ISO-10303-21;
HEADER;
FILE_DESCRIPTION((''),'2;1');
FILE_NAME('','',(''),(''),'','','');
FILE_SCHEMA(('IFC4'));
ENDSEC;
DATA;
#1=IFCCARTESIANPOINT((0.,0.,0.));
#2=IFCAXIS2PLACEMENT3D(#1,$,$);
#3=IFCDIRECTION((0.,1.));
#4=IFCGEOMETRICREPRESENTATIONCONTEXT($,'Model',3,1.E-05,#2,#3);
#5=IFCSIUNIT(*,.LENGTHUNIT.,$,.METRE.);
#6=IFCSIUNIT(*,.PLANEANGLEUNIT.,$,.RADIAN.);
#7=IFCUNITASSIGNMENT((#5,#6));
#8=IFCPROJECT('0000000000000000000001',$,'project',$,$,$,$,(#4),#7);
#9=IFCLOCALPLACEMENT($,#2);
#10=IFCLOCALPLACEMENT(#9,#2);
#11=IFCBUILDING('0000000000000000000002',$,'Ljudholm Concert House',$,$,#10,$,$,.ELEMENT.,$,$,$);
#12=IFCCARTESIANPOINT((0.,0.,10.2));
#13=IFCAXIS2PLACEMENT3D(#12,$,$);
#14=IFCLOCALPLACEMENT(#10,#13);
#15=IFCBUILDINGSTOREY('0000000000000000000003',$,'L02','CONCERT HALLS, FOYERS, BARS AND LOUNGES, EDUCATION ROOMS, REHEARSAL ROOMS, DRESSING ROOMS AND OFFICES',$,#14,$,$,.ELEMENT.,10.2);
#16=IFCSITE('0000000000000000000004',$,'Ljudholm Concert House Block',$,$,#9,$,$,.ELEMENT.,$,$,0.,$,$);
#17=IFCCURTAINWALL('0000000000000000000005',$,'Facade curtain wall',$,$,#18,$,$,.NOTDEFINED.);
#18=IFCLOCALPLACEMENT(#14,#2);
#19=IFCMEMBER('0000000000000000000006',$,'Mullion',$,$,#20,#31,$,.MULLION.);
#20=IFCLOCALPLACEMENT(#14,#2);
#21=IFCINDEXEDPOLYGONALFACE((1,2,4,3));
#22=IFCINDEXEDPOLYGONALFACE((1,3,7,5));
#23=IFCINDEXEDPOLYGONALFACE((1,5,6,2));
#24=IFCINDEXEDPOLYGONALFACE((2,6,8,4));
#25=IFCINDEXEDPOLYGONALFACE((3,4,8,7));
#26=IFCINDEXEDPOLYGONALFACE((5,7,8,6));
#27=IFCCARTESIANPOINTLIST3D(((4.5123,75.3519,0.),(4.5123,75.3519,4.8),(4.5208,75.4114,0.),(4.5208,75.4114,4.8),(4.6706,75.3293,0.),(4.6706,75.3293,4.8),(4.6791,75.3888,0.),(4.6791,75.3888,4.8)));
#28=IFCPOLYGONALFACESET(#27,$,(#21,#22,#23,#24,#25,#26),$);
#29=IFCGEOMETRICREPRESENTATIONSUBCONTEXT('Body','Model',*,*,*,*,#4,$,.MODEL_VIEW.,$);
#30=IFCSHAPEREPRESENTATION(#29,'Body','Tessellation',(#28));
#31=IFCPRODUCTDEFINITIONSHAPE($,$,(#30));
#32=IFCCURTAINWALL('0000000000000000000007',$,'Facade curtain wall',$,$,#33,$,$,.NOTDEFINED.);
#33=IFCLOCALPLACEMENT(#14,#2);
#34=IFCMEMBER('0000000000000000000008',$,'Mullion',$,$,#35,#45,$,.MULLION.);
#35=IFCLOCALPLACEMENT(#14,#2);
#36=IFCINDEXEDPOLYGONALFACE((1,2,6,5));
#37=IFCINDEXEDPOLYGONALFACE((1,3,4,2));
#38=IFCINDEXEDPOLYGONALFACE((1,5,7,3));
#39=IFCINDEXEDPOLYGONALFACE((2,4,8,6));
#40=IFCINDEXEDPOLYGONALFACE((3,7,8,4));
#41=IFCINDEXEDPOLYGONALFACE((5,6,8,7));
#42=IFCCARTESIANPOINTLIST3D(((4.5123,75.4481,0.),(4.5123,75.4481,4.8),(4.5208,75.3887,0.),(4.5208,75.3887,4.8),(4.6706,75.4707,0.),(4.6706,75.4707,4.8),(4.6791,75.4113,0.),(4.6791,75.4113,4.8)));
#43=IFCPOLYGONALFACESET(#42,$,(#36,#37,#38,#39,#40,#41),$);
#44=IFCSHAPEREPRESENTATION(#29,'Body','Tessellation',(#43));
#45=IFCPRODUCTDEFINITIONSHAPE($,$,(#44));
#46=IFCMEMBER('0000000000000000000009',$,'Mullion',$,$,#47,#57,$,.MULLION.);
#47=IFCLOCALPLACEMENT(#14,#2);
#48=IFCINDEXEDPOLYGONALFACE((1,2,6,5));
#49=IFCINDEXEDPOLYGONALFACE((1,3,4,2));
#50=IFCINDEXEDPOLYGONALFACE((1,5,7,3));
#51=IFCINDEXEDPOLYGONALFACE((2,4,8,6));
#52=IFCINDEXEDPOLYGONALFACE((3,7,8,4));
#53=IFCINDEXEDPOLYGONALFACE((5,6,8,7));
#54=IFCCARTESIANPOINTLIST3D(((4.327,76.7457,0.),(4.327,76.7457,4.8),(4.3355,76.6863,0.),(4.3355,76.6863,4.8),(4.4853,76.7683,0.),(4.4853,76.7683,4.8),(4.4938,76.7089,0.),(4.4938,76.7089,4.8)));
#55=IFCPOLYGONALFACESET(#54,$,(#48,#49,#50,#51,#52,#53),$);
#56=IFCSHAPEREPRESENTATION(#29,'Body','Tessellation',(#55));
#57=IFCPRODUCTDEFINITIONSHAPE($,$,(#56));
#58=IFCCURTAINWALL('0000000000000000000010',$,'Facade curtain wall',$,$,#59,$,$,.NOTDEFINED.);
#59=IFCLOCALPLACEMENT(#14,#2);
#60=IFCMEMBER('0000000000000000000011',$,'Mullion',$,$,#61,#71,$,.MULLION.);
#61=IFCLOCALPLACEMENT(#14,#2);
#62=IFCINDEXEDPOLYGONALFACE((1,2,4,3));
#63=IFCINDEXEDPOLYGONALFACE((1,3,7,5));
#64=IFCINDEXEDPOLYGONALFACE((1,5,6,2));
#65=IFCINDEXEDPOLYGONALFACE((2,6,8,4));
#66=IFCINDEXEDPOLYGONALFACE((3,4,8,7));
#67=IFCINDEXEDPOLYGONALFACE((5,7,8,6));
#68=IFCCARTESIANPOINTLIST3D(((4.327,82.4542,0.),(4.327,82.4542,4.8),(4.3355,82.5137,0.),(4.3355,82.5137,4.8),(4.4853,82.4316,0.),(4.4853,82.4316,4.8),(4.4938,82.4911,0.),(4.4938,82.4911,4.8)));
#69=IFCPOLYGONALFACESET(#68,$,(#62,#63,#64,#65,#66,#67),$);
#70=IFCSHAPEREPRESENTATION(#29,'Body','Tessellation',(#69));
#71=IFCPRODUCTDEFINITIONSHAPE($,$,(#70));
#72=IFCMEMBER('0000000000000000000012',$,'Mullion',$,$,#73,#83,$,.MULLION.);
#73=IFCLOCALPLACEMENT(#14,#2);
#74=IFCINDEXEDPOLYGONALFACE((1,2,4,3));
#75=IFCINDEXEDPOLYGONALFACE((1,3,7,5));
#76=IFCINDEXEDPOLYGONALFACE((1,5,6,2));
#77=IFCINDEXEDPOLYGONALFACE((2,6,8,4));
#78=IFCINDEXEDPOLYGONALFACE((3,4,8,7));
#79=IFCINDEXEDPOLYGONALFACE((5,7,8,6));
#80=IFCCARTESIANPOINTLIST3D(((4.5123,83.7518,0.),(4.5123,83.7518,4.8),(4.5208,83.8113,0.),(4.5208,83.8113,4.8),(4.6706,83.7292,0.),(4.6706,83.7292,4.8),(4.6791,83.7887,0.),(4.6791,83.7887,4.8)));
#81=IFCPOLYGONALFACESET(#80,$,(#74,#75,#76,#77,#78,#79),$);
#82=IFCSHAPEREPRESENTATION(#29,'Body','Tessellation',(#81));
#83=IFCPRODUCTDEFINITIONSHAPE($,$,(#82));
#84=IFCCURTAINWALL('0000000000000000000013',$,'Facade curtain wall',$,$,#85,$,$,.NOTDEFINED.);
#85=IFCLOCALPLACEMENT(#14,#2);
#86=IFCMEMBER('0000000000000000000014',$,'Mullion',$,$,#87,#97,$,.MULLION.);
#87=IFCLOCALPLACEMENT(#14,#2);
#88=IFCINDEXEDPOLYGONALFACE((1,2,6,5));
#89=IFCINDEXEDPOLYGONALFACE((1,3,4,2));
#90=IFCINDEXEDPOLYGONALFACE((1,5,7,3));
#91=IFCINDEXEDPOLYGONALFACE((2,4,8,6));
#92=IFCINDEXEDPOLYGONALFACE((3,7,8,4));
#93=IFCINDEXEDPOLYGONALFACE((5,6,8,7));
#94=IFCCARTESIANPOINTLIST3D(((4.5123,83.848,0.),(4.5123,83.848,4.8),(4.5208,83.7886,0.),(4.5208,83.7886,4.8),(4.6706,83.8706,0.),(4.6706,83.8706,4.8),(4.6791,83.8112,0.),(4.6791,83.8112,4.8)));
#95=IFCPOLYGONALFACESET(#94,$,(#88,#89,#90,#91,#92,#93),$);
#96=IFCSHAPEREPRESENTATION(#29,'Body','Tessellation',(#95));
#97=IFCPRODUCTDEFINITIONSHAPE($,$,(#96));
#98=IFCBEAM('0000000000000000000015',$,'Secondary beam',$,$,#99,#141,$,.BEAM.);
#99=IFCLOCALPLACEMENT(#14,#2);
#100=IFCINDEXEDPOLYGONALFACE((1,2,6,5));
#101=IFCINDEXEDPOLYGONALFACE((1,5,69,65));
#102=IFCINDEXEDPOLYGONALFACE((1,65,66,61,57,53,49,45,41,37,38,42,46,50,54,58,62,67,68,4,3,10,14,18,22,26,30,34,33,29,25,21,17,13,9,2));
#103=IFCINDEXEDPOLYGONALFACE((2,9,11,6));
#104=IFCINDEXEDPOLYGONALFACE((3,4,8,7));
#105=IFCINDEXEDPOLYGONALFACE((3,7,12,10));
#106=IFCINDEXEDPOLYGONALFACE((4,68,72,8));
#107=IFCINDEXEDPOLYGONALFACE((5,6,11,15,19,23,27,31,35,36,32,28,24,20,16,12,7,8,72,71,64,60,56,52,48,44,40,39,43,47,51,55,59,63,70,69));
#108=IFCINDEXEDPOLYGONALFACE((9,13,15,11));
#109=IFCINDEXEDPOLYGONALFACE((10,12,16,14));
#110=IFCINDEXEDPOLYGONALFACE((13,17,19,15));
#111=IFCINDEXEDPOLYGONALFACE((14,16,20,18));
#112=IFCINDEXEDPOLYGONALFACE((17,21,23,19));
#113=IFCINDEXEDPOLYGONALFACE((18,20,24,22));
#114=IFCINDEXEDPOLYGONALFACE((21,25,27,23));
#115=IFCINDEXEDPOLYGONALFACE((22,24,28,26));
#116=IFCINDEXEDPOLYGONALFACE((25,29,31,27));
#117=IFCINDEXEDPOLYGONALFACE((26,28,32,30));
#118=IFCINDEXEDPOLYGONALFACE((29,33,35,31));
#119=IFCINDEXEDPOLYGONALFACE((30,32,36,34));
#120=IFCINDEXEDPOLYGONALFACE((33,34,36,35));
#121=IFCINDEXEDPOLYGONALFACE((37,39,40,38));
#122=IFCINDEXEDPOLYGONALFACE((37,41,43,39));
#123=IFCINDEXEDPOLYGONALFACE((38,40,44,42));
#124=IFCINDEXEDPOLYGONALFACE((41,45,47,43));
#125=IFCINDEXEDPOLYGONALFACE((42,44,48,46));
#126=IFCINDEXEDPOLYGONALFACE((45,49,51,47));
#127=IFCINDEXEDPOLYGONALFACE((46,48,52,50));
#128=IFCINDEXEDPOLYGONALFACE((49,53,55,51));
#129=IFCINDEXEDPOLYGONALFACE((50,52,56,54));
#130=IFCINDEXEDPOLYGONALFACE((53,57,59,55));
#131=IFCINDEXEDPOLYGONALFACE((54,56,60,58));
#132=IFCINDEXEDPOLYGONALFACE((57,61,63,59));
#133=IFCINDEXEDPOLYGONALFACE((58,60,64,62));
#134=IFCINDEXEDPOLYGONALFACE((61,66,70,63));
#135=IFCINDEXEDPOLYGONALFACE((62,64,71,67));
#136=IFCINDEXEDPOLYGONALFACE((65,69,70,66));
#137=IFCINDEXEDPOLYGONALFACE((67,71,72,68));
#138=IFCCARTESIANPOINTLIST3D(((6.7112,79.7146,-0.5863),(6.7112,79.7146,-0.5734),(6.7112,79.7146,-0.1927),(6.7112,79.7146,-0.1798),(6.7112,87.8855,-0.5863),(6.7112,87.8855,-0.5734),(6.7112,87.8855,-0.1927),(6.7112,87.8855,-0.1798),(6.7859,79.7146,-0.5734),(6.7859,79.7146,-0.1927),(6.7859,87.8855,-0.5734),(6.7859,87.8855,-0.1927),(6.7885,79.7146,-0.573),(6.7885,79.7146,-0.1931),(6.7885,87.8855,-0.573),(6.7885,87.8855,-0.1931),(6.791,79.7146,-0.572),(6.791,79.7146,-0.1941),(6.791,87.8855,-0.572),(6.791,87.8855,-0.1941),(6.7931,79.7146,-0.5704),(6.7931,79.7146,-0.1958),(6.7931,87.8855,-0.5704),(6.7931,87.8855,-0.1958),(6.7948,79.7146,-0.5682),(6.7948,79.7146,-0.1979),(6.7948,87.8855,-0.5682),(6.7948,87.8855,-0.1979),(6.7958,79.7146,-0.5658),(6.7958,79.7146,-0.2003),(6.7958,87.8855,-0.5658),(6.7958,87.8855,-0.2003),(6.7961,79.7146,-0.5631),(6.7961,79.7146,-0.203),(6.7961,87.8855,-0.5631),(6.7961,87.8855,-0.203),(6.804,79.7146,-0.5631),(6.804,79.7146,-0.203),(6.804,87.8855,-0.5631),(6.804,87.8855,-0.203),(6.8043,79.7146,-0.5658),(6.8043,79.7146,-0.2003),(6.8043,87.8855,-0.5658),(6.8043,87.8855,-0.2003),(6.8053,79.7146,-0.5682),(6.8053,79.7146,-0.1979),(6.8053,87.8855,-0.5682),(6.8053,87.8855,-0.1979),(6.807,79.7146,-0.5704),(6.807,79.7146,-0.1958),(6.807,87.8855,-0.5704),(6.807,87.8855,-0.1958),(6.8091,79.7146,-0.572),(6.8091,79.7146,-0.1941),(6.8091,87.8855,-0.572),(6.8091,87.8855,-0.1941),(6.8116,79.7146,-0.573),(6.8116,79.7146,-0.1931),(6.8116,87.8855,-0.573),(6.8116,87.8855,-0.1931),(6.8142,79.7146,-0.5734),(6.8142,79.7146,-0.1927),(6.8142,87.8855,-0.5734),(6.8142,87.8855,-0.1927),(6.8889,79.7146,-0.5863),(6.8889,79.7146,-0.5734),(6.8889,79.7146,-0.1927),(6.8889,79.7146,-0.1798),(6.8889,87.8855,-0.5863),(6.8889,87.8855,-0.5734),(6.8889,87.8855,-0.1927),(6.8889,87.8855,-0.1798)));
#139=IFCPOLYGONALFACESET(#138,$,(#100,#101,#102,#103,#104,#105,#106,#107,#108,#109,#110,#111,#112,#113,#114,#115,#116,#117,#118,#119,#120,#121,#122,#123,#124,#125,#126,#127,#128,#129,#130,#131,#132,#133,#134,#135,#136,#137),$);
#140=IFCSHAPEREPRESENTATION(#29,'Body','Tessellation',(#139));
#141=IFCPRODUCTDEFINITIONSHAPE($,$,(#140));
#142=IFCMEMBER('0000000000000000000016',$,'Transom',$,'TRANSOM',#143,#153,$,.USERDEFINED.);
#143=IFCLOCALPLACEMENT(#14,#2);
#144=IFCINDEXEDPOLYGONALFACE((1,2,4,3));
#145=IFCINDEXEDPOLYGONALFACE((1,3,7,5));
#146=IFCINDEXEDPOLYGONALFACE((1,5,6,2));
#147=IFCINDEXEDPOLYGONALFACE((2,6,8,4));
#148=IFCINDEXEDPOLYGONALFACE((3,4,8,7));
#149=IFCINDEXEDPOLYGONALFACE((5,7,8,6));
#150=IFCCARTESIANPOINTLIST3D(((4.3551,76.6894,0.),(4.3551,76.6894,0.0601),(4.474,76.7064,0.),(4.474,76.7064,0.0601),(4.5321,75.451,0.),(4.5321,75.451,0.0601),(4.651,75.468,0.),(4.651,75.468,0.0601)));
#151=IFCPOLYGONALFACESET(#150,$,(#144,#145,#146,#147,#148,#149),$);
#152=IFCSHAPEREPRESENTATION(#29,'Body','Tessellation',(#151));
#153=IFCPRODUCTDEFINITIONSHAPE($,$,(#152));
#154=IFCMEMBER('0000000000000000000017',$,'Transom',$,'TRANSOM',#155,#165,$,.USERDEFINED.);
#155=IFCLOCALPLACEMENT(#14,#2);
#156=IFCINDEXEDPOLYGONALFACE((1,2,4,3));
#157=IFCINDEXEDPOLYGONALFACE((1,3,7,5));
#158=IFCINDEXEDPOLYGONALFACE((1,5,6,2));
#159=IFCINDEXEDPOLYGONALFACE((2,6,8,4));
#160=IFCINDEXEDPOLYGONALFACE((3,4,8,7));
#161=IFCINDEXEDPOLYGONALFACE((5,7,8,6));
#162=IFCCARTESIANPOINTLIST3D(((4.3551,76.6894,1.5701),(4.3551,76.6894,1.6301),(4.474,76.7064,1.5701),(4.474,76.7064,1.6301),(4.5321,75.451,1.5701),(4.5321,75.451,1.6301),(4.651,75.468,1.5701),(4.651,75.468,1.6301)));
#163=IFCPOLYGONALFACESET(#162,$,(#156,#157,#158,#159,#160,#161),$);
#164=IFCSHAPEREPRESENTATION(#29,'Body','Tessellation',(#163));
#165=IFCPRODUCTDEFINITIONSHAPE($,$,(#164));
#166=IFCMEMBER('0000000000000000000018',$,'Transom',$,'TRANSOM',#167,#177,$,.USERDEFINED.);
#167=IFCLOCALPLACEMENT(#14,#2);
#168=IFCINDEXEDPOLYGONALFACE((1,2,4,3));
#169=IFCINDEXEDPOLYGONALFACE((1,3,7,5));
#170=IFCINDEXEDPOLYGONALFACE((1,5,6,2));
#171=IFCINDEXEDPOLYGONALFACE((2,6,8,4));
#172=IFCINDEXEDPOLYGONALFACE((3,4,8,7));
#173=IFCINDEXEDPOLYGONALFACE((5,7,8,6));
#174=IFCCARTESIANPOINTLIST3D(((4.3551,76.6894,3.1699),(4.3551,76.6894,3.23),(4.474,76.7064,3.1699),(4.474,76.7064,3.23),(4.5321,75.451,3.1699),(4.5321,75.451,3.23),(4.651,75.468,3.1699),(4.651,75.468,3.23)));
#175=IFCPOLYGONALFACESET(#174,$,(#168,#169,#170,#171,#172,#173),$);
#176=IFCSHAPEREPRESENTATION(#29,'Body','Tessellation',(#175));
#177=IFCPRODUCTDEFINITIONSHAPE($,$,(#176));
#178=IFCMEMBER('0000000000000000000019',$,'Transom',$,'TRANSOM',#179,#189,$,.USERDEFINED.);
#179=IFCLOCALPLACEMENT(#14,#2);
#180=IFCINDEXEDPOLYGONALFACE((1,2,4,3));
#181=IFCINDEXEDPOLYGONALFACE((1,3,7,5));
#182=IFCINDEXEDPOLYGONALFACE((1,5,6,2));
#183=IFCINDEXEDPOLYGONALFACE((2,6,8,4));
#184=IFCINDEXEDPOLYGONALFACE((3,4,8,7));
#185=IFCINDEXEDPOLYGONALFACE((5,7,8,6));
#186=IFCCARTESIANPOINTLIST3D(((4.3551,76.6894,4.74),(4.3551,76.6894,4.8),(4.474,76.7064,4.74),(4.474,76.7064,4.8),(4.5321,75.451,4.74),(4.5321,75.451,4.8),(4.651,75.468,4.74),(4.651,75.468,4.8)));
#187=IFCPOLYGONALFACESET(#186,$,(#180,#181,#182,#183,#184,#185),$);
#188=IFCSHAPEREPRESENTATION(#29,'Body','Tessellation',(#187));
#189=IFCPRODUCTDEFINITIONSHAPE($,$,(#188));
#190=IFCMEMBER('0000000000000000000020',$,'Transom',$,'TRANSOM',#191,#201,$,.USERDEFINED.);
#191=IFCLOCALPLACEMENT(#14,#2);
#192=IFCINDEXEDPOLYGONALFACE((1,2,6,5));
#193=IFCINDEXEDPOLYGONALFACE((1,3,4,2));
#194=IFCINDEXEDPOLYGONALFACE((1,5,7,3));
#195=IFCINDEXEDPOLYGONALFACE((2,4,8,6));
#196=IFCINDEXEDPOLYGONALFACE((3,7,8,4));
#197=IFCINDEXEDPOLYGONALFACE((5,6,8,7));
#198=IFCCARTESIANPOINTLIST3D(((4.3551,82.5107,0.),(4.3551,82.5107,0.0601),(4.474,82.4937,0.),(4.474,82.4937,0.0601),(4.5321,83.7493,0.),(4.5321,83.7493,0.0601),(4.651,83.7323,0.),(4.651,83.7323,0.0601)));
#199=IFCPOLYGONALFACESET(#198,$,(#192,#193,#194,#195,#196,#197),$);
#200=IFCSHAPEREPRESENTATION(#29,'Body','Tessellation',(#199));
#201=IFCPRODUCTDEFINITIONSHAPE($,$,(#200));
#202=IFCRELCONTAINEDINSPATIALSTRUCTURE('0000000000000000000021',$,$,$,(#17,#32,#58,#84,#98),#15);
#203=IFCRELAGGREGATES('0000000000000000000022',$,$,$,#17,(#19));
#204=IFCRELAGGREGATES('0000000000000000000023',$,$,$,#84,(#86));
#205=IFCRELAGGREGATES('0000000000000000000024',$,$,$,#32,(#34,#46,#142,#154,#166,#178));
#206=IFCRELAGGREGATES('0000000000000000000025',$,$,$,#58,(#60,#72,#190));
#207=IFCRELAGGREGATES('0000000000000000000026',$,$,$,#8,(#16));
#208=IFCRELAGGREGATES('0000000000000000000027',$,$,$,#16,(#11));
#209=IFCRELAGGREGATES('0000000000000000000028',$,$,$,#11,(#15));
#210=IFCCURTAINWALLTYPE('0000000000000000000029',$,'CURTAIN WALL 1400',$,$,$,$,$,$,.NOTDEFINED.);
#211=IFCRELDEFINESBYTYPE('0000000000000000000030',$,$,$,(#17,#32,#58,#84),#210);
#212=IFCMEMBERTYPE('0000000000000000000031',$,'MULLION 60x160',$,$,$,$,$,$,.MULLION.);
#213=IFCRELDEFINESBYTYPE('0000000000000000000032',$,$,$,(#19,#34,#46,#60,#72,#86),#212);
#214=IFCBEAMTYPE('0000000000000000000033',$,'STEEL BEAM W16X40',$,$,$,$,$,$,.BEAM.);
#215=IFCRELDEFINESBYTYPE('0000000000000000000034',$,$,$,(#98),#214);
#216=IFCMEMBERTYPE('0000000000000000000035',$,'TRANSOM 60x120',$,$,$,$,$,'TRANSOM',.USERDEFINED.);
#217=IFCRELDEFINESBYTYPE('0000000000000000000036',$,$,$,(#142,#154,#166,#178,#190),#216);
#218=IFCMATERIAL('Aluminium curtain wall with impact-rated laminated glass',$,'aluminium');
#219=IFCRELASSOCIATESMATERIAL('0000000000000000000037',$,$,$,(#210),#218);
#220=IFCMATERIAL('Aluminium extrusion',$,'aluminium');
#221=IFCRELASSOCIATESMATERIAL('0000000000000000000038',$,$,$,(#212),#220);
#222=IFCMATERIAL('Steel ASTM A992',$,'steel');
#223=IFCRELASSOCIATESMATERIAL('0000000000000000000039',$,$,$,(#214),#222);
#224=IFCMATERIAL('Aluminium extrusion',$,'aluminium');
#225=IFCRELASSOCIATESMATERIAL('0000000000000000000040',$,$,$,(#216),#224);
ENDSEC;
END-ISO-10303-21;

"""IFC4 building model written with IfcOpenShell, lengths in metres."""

from ifc_helpers import new_model, si_unit, direction, frame, origin, origin_2d, place, context, subcontext, project, spatial, rectangle, i_section, extrude, material, material_profile, profile_set, type_object, element, aggregate, save


model = new_model("IFC4")

# Units and contexts
model_context = context("Model", 3, precision=1e-05, world=origin(), true_north=direction((0.0, 1.0)))
body_context = subcontext(model_context, "Body", "Model", "MODEL_VIEW")
ifc_project = project(units=[si_unit("LENGTHUNIT", "METRE"), si_unit("PLANEANGLEUNIT", "RADIAN")], contexts=[model_context])

# Site, building, storey
site_placement = place(None, origin())
site = spatial("IfcSite", under=ifc_project, at=site_placement, Name="Ljudholm Concert House Block", CompositionType="ELEMENT", RefElevation=0.0)
building_placement = place(site_placement, origin())
building = spatial("IfcBuilding", under=site, at=building_placement, Name="Ljudholm Concert House", CompositionType="ELEMENT")
storey_placement = place(building_placement, frame((0.0, 0.0, 10.2)))
storey = spatial("IfcBuildingStorey", under=building, at=storey_placement, Name="L02", Description="CONCERT HALLS, FOYERS, BARS AND LOUNGES, EDUCATION ROOMS, REHEARSAL ROOMS, DRESSING ROOMS AND OFFICES", CompositionType="ELEMENT", Elevation=10.2)

# Curtain wall, member
ifc_material_1 = material(Name="Aluminium curtain wall with impact-rated laminated glass", Category="aluminium")
curtain_wall_type = type_object("IfcCurtainWallType", Name="CURTAIN WALL 1400", PredefinedType="NOTDEFINED", material=ifc_material_1)
curtain_wall_1_placement = place(storey_placement, origin())
curtain_wall_1 = element("IfcCurtainWall", 1, at=curtain_wall_1_placement, inside=storey, type_object=curtain_wall_type, Name="Facade curtain wall", PredefinedType="NOTDEFINED")
ifc_material_2 = material(Name="Aluminium extrusion", Category="aluminium")
ifc_material_profile_1 = material_profile(ifc_material_2, rectangle(XDim=0.1599, YDim=0.0601, at=origin_2d()), Name="MULLION 60x160")
ifc_profile_set_1 = profile_set([ifc_material_profile_1], Name="Aluminium extrusion")
member_type_1 = type_object("IfcMemberType", Name="MULLION 60x160", PredefinedType="MULLION", material=ifc_profile_set_1)
member_1_placement = place(storey_placement, frame((4.5957, 75.3704, 0.0), z_axis=(0.0, 0.0, 1.0), x_axis=(-0.989949, 0.141421, 0.0)))
member_1 = element("IfcMember", 2, at=member_1_placement, type_object=member_type_1, Name="Mullion", PredefinedType="MULLION", context=body_context, shape_type="SweptSolid", body=[
    extrude(rectangle(XDim=0.1599, YDim=0.0601, at=origin_2d()), origin(), (0.0, 0.0, 1.0), 4.8),
])
aggregate(curtain_wall_1, [member_1])

# Curtain walls, members
curtain_wall_2_placement = place(storey_placement, origin())
curtain_wall_2 = element("IfcCurtainWall", 3, at=curtain_wall_2_placement, inside=storey, type_object=curtain_wall_type, Name="Facade curtain wall", PredefinedType="NOTDEFINED")
member_2_placement = place(storey_placement, frame((4.5957, 75.4297, 0.0), z_axis=(0.0, 0.0, 1.0), x_axis=(-0.989949, -0.141421, 0.0)))
member_2 = element("IfcMember", 4, at=member_2_placement, type_object=member_type_1, Name="Mullion", PredefinedType="MULLION", context=body_context, shape_type="SweptSolid", body=[
    extrude(rectangle(XDim=0.1599, YDim=0.0601, at=origin_2d()), origin(), (0.0, 0.0, 1.0), 4.8),
])
member_3_placement = place(storey_placement, frame((4.4104, 76.7273, 0.0), z_axis=(0.0, 0.0, 1.0), x_axis=(-0.989949, -0.141421, 0.0)))
member_3 = element("IfcMember", 5, at=member_3_placement, type_object=member_type_1, Name="Mullion", PredefinedType="MULLION", context=body_context, shape_type="SweptSolid", body=[
    extrude(rectangle(XDim=0.1599, YDim=0.0601, at=origin_2d()), origin(), (0.0, 0.0, 1.0), 4.8),
])
curtain_wall_3_placement = place(storey_placement, origin())
curtain_wall_3 = element("IfcCurtainWall", 6, at=curtain_wall_3_placement, inside=storey, type_object=curtain_wall_type, Name="Facade curtain wall", PredefinedType="NOTDEFINED")
member_4_placement = place(storey_placement, frame((4.4104, 82.4727, 0.0), z_axis=(0.0, 0.0, 1.0), x_axis=(-0.989949, 0.141421, 0.0)))
member_4 = element("IfcMember", 7, at=member_4_placement, type_object=member_type_1, Name="Mullion", PredefinedType="MULLION", context=body_context, shape_type="SweptSolid", body=[
    extrude(rectangle(XDim=0.1599, YDim=0.0601, at=origin_2d()), origin(), (0.0, 0.0, 1.0), 4.8),
])
member_5_placement = place(storey_placement, frame((4.5957, 83.7703, 0.0), z_axis=(0.0, 0.0, 1.0), x_axis=(-0.989949, 0.141421, 0.0)))
member_5 = element("IfcMember", 8, at=member_5_placement, type_object=member_type_1, Name="Mullion", PredefinedType="MULLION", context=body_context, shape_type="SweptSolid", body=[
    extrude(rectangle(XDim=0.1599, YDim=0.0601, at=origin_2d()), origin(), (0.0, 0.0, 1.0), 4.8),
])

# Curtain wall, member
curtain_wall_4_placement = place(storey_placement, origin())
curtain_wall_4 = element("IfcCurtainWall", 9, at=curtain_wall_4_placement, inside=storey, type_object=curtain_wall_type, Name="Facade curtain wall", PredefinedType="NOTDEFINED")
member_6_placement = place(storey_placement, frame((4.5957, 83.8296, 0.0), z_axis=(0.0, 0.0, 1.0), x_axis=(-0.989949, -0.141421, 0.0)))
member_6 = element("IfcMember", 10, at=member_6_placement, type_object=member_type_1, Name="Mullion", PredefinedType="MULLION", context=body_context, shape_type="SweptSolid", body=[
    extrude(rectangle(XDim=0.1599, YDim=0.0601, at=origin_2d()), origin(), (0.0, 0.0, 1.0), 4.8),
])

# Beam
ifc_material_3 = material(Name="Steel ASTM A992", Category="steel")
ifc_material_profile_2 = material_profile(ifc_material_3, i_section(OverallWidth=0.1777, OverallDepth=0.4065, WebThickness=0.0078, FlangeThickness=0.0129, FilletRadius=0.0103, at=origin_2d()), Name="W16X40")
ifc_profile_set_2 = profile_set([ifc_material_profile_2], Name="Steel ASTM A992")
beam_type = type_object("IfcBeamType", Name="STEEL BEAM W16X40", PredefinedType="BEAM", material=ifc_profile_set_2)
beam_placement = place(storey_placement, frame((6.8, 79.7146, -0.3831), z_axis=(0.0, 1.0, 0.0), x_axis=(-1.0, 0.0, 0.0)))
element("IfcBeam", 11, at=beam_placement, inside=storey, type_object=beam_type, Name="Secondary beam", PredefinedType="BEAM", context=body_context, shape_type="SweptSolid", body=[
    extrude(i_section(OverallWidth=0.1777, OverallDepth=0.4065, WebThickness=0.0078, FlangeThickness=0.0129, FilletRadius=0.0103, at=origin_2d()), origin(), (0.0, 0.0, 1.0), 8.1709),
])

# Members
ifc_material_4 = material(Name="Aluminium extrusion", Category="aluminium")
ifc_material_profile_3 = material_profile(ifc_material_4, rectangle(XDim=0.1201, YDim=0.0601, at=origin_2d()), Name="TRANSOM 60x120")
ifc_profile_set_3 = profile_set([ifc_material_profile_3], Name="Aluminium extrusion")
member_type_2 = type_object("IfcMemberType", Name="TRANSOM 60x120", ElementType="TRANSOM", PredefinedType="USERDEFINED", material=ifc_profile_set_3)
member_7_placement = place(storey_placement, frame((4.5916, 75.4595, 0.03), z_axis=(-0.141503, 0.989938, 0.0), x_axis=(-0.989938, -0.141503, 0.0)))
member_7 = element("IfcMember", 12, at=member_7_placement, type_object=member_type_2, Name="Transom", ObjectType="TRANSOM", PredefinedType="USERDEFINED", context=body_context, shape_type="SweptSolid", body=[
    extrude(rectangle(XDim=0.1201, YDim=0.0601, at=origin_2d()), origin(), (0.0, 0.0, 1.0), 1.251),
])
member_8_placement = place(storey_placement, frame((4.5916, 75.4595, 1.6001), z_axis=(-0.141503, 0.989938, 0.0), x_axis=(-0.989938, -0.141503, 0.0)))
member_8 = element("IfcMember", 13, at=member_8_placement, type_object=member_type_2, Name="Transom", ObjectType="TRANSOM", PredefinedType="USERDEFINED", context=body_context, shape_type="SweptSolid", body=[
    extrude(rectangle(XDim=0.1201, YDim=0.0601, at=origin_2d()), origin(), (0.0, 0.0, 1.0), 1.251),
])
member_9_placement = place(storey_placement, frame((4.5916, 75.4595, 3.2), z_axis=(-0.141503, 0.989938, 0.0), x_axis=(-0.989938, -0.141503, 0.0)))
member_9 = element("IfcMember", 14, at=member_9_placement, type_object=member_type_2, Name="Transom", ObjectType="TRANSOM", PredefinedType="USERDEFINED", context=body_context, shape_type="SweptSolid", body=[
    extrude(rectangle(XDim=0.1201, YDim=0.0601, at=origin_2d()), origin(), (0.0, 0.0, 1.0), 1.251),
])
member_10_placement = place(storey_placement, frame((4.5916, 75.4595, 4.77), z_axis=(-0.141503, 0.989938, 0.0), x_axis=(-0.989938, -0.141503, 0.0)))
member_10 = element("IfcMember", 15, at=member_10_placement, type_object=member_type_2, Name="Transom", ObjectType="TRANSOM", PredefinedType="USERDEFINED", context=body_context, shape_type="SweptSolid", body=[
    extrude(rectangle(XDim=0.1201, YDim=0.0601, at=origin_2d()), origin(), (0.0, 0.0, 1.0), 1.251),
])
member_11_placement = place(storey_placement, frame((4.4146, 82.5022, 0.03), z_axis=(0.141476, 0.989942, 0.0), x_axis=(-0.989942, 0.141476, 0.0)))
member_11 = element("IfcMember", 16, at=member_11_placement, type_object=member_type_2, Name="Transom", ObjectType="TRANSOM", PredefinedType="USERDEFINED", context=body_context, shape_type="SweptSolid", body=[
    extrude(rectangle(XDim=0.1201, YDim=0.0601, at=origin_2d()), origin(), (0.0, 0.0, 1.0), 1.2512),
])
aggregate(curtain_wall_4, [member_6])

aggregate(curtain_wall_2, [member_2, member_3, member_7, member_8, member_9, member_10])
aggregate(curtain_wall_3, [member_4, member_5, member_11])

save(model, "model.ifc")
